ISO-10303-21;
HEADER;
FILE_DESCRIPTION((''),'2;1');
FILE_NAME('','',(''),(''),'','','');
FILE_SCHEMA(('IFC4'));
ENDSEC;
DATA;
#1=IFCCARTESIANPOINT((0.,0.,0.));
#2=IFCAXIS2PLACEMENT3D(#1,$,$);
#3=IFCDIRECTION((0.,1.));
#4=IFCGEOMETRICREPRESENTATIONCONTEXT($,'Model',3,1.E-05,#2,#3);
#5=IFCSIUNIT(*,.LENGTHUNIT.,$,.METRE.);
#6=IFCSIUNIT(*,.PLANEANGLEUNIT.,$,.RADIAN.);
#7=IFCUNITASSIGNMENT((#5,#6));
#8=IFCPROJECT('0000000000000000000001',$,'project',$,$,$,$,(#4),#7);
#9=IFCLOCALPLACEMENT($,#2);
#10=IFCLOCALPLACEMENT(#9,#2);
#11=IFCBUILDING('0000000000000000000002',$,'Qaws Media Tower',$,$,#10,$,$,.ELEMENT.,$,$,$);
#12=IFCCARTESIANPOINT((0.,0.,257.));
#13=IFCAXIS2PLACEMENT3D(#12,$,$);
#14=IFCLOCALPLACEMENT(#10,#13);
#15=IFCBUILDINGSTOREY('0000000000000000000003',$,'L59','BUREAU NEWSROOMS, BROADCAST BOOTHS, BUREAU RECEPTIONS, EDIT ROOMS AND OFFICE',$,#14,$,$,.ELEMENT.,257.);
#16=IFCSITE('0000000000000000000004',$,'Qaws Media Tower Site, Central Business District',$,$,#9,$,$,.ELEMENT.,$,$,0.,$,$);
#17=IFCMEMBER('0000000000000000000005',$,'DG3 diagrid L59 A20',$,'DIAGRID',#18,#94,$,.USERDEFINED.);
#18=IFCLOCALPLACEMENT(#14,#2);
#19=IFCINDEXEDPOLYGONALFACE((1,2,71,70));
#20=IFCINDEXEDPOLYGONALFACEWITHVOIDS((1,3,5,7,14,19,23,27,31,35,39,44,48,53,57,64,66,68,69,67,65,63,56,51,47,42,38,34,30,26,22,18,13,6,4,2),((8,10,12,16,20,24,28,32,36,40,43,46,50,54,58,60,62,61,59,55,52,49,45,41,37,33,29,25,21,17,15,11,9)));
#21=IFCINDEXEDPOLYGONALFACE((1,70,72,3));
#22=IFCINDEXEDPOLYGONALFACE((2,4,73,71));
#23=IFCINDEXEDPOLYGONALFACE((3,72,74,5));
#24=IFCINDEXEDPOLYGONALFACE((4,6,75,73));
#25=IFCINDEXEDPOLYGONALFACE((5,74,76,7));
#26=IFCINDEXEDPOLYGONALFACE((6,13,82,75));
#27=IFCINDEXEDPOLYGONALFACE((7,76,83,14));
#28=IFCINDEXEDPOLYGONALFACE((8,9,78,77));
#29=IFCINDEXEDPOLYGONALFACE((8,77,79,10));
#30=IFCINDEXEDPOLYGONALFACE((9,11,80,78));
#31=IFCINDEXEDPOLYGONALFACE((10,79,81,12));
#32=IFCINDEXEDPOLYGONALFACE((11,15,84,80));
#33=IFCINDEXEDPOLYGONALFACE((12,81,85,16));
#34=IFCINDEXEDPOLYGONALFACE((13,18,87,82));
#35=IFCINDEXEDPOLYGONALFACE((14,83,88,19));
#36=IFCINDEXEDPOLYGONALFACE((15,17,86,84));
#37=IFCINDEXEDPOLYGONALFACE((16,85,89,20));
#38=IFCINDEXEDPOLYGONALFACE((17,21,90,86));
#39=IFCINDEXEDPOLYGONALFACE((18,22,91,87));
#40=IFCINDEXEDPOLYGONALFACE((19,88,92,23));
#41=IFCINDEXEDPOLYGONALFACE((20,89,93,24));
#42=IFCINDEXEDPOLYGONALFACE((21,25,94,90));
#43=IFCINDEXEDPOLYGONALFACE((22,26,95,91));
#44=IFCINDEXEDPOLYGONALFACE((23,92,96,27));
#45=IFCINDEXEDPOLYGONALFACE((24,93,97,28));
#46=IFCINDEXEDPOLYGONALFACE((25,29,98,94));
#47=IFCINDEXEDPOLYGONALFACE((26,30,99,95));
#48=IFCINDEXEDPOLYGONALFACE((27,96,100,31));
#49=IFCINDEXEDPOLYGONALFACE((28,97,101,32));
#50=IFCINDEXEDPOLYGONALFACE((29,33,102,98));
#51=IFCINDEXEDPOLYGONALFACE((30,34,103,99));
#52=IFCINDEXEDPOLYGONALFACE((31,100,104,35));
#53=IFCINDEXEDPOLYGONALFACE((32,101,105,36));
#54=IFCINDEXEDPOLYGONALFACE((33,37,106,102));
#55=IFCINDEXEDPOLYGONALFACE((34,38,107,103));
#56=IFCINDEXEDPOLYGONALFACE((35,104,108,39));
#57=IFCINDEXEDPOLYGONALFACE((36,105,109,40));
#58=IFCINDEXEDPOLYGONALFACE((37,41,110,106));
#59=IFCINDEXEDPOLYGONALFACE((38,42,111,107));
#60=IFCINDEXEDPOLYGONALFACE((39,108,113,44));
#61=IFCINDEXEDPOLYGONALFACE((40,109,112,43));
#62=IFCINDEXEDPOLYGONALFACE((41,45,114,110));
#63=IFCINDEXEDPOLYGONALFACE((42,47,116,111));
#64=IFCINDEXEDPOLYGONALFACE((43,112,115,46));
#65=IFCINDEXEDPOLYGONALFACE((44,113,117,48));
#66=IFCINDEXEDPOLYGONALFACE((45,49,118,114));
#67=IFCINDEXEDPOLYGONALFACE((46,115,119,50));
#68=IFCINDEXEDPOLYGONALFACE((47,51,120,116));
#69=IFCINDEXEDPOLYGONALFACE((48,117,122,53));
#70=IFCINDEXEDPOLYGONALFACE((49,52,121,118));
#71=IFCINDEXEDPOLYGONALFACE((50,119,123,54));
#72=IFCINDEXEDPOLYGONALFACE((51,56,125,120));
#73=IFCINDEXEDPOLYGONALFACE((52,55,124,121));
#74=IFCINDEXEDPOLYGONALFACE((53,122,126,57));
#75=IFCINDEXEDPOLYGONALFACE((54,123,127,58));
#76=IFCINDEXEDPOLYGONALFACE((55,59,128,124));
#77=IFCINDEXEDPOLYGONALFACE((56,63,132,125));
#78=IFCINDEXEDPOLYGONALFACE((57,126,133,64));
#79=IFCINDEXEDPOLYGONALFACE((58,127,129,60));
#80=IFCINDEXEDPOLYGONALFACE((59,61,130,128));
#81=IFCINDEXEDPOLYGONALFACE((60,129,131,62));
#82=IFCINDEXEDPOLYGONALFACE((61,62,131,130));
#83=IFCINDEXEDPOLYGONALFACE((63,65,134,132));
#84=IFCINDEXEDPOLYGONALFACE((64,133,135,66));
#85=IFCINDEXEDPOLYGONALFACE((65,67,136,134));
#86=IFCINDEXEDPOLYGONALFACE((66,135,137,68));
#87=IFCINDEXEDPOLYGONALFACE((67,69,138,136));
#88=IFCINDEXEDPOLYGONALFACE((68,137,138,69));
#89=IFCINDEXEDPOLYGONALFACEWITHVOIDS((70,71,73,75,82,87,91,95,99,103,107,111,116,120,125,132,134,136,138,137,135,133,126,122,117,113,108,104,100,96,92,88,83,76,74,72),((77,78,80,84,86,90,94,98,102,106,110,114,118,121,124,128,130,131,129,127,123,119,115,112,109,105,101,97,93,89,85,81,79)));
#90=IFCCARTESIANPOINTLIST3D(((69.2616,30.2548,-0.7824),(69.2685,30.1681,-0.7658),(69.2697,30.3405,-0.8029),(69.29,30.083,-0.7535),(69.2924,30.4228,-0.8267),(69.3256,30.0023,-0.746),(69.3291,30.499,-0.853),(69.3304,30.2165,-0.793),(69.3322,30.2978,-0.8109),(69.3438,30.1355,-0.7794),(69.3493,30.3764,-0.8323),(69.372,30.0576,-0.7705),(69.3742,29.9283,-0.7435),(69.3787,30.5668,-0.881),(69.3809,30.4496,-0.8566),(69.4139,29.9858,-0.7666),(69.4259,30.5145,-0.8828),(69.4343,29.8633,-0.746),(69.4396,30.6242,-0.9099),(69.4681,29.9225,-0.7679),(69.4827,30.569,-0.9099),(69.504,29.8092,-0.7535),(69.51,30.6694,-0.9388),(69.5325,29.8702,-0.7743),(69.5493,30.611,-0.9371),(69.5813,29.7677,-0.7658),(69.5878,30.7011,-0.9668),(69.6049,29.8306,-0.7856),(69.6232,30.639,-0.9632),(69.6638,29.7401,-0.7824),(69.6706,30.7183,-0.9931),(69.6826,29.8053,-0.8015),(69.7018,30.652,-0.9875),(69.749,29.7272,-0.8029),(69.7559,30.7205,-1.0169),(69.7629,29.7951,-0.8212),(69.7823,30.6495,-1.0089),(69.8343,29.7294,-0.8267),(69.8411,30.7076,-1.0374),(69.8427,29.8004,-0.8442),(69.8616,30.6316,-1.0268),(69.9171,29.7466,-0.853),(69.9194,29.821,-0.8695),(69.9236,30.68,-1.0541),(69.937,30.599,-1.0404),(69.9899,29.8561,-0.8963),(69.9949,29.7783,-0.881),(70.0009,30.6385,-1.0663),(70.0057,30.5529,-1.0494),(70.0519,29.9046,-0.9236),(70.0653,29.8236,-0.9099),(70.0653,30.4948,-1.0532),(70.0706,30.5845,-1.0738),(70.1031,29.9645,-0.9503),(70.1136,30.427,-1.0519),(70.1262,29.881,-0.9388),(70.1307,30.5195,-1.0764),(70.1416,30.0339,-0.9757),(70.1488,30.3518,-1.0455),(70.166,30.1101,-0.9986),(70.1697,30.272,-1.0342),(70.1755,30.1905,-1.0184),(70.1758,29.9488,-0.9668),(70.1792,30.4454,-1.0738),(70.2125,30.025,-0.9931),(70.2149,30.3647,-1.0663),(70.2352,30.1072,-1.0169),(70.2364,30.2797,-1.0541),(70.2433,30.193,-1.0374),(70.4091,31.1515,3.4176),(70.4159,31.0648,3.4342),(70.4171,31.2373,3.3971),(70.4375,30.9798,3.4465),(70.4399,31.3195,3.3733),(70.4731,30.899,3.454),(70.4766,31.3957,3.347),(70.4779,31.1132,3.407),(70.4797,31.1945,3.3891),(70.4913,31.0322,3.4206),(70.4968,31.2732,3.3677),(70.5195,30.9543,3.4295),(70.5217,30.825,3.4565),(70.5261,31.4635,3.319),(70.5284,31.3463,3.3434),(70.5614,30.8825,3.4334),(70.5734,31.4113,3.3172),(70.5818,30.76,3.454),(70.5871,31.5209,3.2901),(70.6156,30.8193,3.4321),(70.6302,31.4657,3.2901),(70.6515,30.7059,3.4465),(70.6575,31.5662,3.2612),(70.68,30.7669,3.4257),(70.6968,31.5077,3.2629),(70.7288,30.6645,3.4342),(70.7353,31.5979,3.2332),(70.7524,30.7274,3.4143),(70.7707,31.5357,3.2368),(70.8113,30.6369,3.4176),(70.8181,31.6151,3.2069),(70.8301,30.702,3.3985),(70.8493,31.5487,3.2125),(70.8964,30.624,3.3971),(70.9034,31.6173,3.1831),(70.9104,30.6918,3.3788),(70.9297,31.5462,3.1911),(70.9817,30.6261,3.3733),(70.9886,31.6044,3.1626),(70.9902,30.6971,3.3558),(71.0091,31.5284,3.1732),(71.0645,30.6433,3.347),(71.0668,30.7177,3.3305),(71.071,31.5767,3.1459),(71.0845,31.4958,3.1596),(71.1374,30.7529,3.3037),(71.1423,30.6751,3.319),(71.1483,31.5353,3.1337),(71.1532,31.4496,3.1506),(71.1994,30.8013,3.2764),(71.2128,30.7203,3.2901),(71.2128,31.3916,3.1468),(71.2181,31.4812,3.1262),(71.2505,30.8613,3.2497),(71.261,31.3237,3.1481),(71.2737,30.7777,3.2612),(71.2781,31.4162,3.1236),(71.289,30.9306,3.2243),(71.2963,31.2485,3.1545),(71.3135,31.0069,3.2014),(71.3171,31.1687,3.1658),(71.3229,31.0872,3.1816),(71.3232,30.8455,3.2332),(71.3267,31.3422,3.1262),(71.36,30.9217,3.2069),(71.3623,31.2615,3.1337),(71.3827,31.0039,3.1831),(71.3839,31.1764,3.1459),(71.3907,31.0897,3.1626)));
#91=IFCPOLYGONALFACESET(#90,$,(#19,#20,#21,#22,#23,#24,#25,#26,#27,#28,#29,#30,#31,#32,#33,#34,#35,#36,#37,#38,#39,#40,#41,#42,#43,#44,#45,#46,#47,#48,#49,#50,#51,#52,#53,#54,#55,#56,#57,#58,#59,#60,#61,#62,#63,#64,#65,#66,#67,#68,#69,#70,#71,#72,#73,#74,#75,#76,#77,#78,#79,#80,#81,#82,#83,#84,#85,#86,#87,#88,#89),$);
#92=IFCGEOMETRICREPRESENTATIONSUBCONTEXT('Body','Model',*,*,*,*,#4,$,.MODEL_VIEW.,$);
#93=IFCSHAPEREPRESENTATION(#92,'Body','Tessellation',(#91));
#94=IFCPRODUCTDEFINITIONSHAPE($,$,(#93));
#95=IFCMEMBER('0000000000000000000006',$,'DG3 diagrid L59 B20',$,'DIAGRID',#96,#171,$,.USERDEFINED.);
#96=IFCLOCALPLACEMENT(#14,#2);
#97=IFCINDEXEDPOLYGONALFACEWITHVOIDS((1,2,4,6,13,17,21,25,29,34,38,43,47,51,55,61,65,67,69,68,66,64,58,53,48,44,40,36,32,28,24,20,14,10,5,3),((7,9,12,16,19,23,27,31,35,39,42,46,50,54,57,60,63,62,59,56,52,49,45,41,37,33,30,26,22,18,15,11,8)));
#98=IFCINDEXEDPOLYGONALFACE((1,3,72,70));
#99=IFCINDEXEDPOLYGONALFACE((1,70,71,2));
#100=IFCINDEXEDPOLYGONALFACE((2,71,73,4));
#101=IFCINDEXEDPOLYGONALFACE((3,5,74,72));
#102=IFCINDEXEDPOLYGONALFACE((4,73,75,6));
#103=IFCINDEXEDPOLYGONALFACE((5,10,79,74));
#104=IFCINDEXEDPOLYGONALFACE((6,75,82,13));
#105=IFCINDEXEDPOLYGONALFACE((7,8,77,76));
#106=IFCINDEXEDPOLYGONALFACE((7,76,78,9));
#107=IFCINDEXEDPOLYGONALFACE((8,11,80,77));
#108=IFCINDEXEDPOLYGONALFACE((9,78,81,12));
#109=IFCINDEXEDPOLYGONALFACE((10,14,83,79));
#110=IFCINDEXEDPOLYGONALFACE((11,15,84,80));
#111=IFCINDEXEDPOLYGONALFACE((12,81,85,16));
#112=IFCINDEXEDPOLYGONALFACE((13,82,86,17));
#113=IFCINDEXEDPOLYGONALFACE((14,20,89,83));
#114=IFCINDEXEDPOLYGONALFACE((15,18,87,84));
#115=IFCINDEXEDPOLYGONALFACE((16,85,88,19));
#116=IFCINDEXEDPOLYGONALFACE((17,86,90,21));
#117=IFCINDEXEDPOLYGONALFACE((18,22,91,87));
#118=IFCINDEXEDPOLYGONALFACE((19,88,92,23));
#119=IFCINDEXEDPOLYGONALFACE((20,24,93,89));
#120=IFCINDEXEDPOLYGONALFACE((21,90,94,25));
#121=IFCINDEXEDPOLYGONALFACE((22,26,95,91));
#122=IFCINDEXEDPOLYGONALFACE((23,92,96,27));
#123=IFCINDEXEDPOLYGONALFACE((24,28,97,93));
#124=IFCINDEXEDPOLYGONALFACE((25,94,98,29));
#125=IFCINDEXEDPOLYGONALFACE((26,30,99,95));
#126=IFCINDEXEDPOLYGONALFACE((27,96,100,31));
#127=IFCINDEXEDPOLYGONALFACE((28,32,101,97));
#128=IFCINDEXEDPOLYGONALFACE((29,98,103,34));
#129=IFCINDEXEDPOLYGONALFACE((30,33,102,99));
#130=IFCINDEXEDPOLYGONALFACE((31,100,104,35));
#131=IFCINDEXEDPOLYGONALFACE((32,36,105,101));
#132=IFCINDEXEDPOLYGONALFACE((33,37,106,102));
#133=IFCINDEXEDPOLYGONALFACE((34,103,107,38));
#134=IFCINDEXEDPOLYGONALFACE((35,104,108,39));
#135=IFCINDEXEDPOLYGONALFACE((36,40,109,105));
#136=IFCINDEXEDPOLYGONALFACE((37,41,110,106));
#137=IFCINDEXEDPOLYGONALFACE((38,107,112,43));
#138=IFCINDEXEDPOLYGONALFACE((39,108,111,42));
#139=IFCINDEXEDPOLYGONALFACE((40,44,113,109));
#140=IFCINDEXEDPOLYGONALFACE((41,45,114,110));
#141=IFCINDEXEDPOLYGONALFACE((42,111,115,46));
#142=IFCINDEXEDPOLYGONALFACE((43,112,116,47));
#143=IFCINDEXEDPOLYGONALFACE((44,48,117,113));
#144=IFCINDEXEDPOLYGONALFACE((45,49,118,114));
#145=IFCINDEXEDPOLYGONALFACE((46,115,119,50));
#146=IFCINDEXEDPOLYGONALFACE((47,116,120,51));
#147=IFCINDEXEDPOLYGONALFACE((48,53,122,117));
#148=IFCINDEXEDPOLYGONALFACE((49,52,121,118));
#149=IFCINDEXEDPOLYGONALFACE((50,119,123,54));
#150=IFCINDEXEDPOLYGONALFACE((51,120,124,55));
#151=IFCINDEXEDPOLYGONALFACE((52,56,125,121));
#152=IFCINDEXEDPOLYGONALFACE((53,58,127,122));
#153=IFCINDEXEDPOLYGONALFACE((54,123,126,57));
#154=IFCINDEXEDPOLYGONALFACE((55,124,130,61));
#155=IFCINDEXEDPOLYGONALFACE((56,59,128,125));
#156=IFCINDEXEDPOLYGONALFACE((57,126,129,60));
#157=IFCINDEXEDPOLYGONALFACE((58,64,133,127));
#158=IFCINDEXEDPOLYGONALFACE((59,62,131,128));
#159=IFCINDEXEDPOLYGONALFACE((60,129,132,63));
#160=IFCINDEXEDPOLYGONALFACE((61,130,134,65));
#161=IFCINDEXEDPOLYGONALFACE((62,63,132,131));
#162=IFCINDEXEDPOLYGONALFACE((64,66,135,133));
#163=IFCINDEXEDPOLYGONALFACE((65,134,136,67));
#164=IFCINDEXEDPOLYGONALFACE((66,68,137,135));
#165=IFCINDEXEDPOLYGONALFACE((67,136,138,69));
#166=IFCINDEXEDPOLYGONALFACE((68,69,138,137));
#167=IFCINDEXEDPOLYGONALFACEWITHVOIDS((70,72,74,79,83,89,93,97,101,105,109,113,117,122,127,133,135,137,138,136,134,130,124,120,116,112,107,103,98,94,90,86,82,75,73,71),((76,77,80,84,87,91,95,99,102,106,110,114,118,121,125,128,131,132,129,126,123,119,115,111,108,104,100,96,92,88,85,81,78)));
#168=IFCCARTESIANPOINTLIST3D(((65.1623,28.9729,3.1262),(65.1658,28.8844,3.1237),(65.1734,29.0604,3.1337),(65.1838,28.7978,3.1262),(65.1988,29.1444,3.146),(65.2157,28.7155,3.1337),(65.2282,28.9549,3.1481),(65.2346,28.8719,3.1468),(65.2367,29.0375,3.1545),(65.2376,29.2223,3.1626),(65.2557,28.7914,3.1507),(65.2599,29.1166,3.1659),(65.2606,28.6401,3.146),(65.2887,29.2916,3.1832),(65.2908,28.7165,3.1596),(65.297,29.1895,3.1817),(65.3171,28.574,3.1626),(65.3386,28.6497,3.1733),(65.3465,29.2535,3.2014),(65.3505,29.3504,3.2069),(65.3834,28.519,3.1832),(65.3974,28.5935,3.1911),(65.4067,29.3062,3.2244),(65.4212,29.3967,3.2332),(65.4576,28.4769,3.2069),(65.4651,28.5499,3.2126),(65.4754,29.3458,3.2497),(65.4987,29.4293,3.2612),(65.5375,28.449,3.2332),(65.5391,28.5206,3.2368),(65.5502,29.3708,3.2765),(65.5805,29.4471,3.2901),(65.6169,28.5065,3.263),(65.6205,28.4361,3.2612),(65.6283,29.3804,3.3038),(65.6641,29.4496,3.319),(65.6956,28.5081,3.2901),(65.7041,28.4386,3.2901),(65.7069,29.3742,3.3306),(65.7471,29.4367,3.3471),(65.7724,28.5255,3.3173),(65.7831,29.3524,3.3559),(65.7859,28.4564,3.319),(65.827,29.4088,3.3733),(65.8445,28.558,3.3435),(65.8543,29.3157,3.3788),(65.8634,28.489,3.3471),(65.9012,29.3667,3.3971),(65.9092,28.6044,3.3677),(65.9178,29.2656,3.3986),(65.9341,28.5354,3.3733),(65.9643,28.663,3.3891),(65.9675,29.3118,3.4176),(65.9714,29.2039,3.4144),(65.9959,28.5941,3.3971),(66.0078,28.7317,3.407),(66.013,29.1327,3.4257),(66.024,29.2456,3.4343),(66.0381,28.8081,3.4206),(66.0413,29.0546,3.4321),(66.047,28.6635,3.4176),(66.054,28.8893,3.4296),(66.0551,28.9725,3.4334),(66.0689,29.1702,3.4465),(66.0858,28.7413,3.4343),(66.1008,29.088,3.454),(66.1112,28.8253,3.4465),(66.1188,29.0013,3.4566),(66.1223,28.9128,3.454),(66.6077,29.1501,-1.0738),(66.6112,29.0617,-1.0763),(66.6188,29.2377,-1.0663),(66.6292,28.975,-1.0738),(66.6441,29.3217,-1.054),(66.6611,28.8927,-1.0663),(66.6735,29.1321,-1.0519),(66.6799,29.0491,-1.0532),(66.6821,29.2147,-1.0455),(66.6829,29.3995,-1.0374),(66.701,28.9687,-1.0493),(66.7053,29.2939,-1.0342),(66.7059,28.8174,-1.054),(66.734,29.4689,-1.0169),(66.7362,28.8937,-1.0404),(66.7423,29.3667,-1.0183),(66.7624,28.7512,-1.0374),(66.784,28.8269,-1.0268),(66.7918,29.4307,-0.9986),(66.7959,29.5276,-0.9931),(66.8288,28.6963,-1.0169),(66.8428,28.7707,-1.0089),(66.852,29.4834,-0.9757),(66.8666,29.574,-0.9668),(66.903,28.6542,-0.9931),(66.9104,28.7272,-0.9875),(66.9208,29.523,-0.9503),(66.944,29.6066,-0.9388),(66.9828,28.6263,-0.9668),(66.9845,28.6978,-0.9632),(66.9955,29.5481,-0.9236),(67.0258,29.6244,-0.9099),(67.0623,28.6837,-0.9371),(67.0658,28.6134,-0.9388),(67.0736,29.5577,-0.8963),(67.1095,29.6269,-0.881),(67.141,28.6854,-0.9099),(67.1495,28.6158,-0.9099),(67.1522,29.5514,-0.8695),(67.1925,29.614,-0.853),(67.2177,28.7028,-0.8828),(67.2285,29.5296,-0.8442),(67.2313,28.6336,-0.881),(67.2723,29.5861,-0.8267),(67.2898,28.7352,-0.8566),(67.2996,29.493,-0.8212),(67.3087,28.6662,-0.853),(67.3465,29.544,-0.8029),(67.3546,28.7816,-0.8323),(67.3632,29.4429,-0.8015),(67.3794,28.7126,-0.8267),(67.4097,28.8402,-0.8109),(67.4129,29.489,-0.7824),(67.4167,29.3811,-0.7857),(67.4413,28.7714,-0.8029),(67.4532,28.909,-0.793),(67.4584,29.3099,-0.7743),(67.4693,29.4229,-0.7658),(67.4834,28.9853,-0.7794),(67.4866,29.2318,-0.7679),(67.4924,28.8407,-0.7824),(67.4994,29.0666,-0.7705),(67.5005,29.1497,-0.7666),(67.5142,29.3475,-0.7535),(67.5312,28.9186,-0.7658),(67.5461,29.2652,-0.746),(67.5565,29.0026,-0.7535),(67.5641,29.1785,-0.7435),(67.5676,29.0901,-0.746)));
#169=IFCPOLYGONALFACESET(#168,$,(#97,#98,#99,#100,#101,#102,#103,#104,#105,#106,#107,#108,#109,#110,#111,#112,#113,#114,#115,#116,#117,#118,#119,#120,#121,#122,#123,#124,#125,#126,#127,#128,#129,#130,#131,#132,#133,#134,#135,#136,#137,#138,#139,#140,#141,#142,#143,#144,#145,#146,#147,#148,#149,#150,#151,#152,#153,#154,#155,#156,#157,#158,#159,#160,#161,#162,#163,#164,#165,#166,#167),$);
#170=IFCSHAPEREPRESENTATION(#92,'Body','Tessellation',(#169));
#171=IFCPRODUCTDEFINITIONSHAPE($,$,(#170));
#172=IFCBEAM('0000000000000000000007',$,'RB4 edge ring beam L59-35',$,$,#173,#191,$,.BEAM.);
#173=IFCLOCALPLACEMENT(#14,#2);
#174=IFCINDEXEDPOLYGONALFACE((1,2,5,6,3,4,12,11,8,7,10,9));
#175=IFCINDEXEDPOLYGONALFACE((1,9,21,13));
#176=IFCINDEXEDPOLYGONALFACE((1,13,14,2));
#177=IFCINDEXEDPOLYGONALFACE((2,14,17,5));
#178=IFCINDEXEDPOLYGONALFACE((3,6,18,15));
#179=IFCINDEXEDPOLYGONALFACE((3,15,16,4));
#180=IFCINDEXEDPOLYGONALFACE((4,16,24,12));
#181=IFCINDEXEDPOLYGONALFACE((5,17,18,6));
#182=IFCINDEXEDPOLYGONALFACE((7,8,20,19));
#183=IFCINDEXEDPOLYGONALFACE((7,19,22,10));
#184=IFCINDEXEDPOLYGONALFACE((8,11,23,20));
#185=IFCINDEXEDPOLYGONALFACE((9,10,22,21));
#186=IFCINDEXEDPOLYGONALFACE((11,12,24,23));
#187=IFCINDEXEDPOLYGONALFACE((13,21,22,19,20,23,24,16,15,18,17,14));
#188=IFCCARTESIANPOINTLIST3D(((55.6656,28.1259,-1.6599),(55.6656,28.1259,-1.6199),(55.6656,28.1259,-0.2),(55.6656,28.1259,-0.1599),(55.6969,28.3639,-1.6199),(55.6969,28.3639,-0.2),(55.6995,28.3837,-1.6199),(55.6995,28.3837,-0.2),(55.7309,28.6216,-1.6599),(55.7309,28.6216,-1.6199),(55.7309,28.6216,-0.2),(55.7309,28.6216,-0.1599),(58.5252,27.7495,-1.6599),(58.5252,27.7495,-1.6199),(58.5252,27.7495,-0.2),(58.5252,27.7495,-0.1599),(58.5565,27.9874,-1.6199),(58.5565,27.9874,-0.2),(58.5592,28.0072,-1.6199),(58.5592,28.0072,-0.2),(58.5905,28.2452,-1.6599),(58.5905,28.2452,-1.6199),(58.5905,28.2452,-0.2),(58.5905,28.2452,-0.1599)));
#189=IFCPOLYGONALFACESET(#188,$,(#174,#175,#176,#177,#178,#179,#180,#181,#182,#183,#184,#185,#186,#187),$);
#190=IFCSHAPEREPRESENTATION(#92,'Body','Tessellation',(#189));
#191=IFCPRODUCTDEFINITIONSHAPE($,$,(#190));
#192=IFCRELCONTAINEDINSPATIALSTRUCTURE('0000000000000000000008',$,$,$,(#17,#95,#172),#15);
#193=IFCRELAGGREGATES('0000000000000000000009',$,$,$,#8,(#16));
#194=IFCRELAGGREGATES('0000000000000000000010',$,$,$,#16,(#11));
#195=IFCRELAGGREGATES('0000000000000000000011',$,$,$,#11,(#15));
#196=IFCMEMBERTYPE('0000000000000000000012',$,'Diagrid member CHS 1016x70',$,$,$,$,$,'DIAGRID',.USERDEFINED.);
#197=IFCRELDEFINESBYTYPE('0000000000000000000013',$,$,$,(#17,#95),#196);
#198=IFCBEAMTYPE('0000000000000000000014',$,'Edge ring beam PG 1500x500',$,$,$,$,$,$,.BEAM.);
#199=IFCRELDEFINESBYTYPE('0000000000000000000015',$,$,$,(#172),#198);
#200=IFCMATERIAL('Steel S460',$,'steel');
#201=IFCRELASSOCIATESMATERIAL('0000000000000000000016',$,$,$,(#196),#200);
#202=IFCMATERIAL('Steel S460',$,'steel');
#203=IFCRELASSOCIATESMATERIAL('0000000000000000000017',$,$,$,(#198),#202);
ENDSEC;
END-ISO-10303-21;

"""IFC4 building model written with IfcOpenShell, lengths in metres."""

from ifc_helpers import new_model, si_unit, direction, frame, origin, origin_2d, place, context, subcontext, project, spatial, hollow_circle, i_section, extrude, material, material_profile, profile_set, type_object, element, save


model = new_model("IFC4")

# Units and contexts
model_context = context("Model", 3, precision=1e-05, world=origin(), true_north=direction((0.0, 1.0)))
body_context = subcontext(model_context, "Body", "Model", "MODEL_VIEW")
ifc_project = project(units=[si_unit("LENGTHUNIT", "METRE"), si_unit("PLANEANGLEUNIT", "RADIAN")], contexts=[model_context])

# Site, building, storey
site_placement = place(None, origin())
site = spatial("IfcSite", under=ifc_project, at=site_placement, Name="Qaws Media Tower Site, Central Business District", CompositionType="ELEMENT", RefElevation=0.0)
building_placement = place(site_placement, origin())
building = spatial("IfcBuilding", under=site, at=building_placement, Name="Qaws Media Tower", CompositionType="ELEMENT")
storey_placement = place(building_placement, frame((0.0, 0.0, 257.0)))
storey = spatial("IfcBuildingStorey", under=building, at=storey_placement, Name="L59", Description="BUREAU NEWSROOMS, BROADCAST BOOTHS, BUREAU RECEPTIONS, EDIT ROOMS AND OFFICE", CompositionType="ELEMENT", Elevation=257.0)

# Members
ifc_material_1 = material(Name="Steel S460", Category="steel")
ifc_material_profile_1 = material_profile(ifc_material_1, hollow_circle(Radius=0.5081, WallThickness=0.0701, at=origin_2d()), Name="CHS 1016x70")
ifc_profile_set_1 = profile_set([ifc_material_profile_1], Name="Steel S460")
member_type_1 = type_object("IfcMemberType", Name="Diagrid member CHS 1016x70", ElementType="DIAGRID", PredefinedType="USERDEFINED", material=ifc_profile_set_1)
for number, where, z_axis, x_axis, name in (
    (1, (69.7524, 30.2239, -0.9099), (0.258131, 0.201727, 0.944815), (-0.615761, 0.787933, 0.0), "DG3 diagrid L59 A20"),
    (2, (67.0876, 29.1201, -0.9099), (-0.325139, -0.039873, 0.944825), (0.121723, -0.992564, 0.0), "DG3 diagrid L59 B20"),
):
    element("IfcMember", number, at=place(storey_placement, frame(where, z_axis=z_axis, x_axis=x_axis)), inside=storey, type_object=member_type_1, Name=name, ObjectType="DIAGRID", PredefinedType="USERDEFINED", context=body_context, shape_type="SweptSolid", body=[
        extrude(hollow_circle(Radius=0.5081, WallThickness=0.0701, at=origin_2d()), origin(), (0.0, 0.0, 1.0), 4.4453),
    ])

# Beam
ifc_material_2 = material(Name="Steel S460", Category="steel")
ifc_material_profile_2 = material_profile(ifc_material_2, i_section(OverallWidth=0.5, OverallDepth=1.5, WebThickness=0.02, FlangeThickness=0.04, at=origin_2d()), Name="PG 1500x500")
ifc_profile_set_2 = profile_set([ifc_material_profile_2], Name="Steel S460")
beam_type = type_object("IfcBeamType", Name="Edge ring beam PG 1500x500", PredefinedType="BEAM", material=ifc_profile_set_2)
for number, where, z_axis, x_axis, name in (
    (3, (55.6982, 28.3738, -0.9099), (0.991445, -0.130522, 0.0), (0.130522, 0.991445, 0.0), "RB4 edge ring beam L59-35"),
):
    element("IfcBeam", number, at=place(storey_placement, frame(where, z_axis=z_axis, x_axis=x_axis)), inside=storey, type_object=beam_type, Name=name, PredefinedType="BEAM", context=body_context, shape_type="SweptSolid", body=[
        extrude(i_section(OverallWidth=0.5, OverallDepth=1.5, WebThickness=0.02, FlangeThickness=0.04, at=origin_2d()), origin(), (0.0, 0.0, 1.0), 2.8843),
    ])

save(model, "model.ifc")
